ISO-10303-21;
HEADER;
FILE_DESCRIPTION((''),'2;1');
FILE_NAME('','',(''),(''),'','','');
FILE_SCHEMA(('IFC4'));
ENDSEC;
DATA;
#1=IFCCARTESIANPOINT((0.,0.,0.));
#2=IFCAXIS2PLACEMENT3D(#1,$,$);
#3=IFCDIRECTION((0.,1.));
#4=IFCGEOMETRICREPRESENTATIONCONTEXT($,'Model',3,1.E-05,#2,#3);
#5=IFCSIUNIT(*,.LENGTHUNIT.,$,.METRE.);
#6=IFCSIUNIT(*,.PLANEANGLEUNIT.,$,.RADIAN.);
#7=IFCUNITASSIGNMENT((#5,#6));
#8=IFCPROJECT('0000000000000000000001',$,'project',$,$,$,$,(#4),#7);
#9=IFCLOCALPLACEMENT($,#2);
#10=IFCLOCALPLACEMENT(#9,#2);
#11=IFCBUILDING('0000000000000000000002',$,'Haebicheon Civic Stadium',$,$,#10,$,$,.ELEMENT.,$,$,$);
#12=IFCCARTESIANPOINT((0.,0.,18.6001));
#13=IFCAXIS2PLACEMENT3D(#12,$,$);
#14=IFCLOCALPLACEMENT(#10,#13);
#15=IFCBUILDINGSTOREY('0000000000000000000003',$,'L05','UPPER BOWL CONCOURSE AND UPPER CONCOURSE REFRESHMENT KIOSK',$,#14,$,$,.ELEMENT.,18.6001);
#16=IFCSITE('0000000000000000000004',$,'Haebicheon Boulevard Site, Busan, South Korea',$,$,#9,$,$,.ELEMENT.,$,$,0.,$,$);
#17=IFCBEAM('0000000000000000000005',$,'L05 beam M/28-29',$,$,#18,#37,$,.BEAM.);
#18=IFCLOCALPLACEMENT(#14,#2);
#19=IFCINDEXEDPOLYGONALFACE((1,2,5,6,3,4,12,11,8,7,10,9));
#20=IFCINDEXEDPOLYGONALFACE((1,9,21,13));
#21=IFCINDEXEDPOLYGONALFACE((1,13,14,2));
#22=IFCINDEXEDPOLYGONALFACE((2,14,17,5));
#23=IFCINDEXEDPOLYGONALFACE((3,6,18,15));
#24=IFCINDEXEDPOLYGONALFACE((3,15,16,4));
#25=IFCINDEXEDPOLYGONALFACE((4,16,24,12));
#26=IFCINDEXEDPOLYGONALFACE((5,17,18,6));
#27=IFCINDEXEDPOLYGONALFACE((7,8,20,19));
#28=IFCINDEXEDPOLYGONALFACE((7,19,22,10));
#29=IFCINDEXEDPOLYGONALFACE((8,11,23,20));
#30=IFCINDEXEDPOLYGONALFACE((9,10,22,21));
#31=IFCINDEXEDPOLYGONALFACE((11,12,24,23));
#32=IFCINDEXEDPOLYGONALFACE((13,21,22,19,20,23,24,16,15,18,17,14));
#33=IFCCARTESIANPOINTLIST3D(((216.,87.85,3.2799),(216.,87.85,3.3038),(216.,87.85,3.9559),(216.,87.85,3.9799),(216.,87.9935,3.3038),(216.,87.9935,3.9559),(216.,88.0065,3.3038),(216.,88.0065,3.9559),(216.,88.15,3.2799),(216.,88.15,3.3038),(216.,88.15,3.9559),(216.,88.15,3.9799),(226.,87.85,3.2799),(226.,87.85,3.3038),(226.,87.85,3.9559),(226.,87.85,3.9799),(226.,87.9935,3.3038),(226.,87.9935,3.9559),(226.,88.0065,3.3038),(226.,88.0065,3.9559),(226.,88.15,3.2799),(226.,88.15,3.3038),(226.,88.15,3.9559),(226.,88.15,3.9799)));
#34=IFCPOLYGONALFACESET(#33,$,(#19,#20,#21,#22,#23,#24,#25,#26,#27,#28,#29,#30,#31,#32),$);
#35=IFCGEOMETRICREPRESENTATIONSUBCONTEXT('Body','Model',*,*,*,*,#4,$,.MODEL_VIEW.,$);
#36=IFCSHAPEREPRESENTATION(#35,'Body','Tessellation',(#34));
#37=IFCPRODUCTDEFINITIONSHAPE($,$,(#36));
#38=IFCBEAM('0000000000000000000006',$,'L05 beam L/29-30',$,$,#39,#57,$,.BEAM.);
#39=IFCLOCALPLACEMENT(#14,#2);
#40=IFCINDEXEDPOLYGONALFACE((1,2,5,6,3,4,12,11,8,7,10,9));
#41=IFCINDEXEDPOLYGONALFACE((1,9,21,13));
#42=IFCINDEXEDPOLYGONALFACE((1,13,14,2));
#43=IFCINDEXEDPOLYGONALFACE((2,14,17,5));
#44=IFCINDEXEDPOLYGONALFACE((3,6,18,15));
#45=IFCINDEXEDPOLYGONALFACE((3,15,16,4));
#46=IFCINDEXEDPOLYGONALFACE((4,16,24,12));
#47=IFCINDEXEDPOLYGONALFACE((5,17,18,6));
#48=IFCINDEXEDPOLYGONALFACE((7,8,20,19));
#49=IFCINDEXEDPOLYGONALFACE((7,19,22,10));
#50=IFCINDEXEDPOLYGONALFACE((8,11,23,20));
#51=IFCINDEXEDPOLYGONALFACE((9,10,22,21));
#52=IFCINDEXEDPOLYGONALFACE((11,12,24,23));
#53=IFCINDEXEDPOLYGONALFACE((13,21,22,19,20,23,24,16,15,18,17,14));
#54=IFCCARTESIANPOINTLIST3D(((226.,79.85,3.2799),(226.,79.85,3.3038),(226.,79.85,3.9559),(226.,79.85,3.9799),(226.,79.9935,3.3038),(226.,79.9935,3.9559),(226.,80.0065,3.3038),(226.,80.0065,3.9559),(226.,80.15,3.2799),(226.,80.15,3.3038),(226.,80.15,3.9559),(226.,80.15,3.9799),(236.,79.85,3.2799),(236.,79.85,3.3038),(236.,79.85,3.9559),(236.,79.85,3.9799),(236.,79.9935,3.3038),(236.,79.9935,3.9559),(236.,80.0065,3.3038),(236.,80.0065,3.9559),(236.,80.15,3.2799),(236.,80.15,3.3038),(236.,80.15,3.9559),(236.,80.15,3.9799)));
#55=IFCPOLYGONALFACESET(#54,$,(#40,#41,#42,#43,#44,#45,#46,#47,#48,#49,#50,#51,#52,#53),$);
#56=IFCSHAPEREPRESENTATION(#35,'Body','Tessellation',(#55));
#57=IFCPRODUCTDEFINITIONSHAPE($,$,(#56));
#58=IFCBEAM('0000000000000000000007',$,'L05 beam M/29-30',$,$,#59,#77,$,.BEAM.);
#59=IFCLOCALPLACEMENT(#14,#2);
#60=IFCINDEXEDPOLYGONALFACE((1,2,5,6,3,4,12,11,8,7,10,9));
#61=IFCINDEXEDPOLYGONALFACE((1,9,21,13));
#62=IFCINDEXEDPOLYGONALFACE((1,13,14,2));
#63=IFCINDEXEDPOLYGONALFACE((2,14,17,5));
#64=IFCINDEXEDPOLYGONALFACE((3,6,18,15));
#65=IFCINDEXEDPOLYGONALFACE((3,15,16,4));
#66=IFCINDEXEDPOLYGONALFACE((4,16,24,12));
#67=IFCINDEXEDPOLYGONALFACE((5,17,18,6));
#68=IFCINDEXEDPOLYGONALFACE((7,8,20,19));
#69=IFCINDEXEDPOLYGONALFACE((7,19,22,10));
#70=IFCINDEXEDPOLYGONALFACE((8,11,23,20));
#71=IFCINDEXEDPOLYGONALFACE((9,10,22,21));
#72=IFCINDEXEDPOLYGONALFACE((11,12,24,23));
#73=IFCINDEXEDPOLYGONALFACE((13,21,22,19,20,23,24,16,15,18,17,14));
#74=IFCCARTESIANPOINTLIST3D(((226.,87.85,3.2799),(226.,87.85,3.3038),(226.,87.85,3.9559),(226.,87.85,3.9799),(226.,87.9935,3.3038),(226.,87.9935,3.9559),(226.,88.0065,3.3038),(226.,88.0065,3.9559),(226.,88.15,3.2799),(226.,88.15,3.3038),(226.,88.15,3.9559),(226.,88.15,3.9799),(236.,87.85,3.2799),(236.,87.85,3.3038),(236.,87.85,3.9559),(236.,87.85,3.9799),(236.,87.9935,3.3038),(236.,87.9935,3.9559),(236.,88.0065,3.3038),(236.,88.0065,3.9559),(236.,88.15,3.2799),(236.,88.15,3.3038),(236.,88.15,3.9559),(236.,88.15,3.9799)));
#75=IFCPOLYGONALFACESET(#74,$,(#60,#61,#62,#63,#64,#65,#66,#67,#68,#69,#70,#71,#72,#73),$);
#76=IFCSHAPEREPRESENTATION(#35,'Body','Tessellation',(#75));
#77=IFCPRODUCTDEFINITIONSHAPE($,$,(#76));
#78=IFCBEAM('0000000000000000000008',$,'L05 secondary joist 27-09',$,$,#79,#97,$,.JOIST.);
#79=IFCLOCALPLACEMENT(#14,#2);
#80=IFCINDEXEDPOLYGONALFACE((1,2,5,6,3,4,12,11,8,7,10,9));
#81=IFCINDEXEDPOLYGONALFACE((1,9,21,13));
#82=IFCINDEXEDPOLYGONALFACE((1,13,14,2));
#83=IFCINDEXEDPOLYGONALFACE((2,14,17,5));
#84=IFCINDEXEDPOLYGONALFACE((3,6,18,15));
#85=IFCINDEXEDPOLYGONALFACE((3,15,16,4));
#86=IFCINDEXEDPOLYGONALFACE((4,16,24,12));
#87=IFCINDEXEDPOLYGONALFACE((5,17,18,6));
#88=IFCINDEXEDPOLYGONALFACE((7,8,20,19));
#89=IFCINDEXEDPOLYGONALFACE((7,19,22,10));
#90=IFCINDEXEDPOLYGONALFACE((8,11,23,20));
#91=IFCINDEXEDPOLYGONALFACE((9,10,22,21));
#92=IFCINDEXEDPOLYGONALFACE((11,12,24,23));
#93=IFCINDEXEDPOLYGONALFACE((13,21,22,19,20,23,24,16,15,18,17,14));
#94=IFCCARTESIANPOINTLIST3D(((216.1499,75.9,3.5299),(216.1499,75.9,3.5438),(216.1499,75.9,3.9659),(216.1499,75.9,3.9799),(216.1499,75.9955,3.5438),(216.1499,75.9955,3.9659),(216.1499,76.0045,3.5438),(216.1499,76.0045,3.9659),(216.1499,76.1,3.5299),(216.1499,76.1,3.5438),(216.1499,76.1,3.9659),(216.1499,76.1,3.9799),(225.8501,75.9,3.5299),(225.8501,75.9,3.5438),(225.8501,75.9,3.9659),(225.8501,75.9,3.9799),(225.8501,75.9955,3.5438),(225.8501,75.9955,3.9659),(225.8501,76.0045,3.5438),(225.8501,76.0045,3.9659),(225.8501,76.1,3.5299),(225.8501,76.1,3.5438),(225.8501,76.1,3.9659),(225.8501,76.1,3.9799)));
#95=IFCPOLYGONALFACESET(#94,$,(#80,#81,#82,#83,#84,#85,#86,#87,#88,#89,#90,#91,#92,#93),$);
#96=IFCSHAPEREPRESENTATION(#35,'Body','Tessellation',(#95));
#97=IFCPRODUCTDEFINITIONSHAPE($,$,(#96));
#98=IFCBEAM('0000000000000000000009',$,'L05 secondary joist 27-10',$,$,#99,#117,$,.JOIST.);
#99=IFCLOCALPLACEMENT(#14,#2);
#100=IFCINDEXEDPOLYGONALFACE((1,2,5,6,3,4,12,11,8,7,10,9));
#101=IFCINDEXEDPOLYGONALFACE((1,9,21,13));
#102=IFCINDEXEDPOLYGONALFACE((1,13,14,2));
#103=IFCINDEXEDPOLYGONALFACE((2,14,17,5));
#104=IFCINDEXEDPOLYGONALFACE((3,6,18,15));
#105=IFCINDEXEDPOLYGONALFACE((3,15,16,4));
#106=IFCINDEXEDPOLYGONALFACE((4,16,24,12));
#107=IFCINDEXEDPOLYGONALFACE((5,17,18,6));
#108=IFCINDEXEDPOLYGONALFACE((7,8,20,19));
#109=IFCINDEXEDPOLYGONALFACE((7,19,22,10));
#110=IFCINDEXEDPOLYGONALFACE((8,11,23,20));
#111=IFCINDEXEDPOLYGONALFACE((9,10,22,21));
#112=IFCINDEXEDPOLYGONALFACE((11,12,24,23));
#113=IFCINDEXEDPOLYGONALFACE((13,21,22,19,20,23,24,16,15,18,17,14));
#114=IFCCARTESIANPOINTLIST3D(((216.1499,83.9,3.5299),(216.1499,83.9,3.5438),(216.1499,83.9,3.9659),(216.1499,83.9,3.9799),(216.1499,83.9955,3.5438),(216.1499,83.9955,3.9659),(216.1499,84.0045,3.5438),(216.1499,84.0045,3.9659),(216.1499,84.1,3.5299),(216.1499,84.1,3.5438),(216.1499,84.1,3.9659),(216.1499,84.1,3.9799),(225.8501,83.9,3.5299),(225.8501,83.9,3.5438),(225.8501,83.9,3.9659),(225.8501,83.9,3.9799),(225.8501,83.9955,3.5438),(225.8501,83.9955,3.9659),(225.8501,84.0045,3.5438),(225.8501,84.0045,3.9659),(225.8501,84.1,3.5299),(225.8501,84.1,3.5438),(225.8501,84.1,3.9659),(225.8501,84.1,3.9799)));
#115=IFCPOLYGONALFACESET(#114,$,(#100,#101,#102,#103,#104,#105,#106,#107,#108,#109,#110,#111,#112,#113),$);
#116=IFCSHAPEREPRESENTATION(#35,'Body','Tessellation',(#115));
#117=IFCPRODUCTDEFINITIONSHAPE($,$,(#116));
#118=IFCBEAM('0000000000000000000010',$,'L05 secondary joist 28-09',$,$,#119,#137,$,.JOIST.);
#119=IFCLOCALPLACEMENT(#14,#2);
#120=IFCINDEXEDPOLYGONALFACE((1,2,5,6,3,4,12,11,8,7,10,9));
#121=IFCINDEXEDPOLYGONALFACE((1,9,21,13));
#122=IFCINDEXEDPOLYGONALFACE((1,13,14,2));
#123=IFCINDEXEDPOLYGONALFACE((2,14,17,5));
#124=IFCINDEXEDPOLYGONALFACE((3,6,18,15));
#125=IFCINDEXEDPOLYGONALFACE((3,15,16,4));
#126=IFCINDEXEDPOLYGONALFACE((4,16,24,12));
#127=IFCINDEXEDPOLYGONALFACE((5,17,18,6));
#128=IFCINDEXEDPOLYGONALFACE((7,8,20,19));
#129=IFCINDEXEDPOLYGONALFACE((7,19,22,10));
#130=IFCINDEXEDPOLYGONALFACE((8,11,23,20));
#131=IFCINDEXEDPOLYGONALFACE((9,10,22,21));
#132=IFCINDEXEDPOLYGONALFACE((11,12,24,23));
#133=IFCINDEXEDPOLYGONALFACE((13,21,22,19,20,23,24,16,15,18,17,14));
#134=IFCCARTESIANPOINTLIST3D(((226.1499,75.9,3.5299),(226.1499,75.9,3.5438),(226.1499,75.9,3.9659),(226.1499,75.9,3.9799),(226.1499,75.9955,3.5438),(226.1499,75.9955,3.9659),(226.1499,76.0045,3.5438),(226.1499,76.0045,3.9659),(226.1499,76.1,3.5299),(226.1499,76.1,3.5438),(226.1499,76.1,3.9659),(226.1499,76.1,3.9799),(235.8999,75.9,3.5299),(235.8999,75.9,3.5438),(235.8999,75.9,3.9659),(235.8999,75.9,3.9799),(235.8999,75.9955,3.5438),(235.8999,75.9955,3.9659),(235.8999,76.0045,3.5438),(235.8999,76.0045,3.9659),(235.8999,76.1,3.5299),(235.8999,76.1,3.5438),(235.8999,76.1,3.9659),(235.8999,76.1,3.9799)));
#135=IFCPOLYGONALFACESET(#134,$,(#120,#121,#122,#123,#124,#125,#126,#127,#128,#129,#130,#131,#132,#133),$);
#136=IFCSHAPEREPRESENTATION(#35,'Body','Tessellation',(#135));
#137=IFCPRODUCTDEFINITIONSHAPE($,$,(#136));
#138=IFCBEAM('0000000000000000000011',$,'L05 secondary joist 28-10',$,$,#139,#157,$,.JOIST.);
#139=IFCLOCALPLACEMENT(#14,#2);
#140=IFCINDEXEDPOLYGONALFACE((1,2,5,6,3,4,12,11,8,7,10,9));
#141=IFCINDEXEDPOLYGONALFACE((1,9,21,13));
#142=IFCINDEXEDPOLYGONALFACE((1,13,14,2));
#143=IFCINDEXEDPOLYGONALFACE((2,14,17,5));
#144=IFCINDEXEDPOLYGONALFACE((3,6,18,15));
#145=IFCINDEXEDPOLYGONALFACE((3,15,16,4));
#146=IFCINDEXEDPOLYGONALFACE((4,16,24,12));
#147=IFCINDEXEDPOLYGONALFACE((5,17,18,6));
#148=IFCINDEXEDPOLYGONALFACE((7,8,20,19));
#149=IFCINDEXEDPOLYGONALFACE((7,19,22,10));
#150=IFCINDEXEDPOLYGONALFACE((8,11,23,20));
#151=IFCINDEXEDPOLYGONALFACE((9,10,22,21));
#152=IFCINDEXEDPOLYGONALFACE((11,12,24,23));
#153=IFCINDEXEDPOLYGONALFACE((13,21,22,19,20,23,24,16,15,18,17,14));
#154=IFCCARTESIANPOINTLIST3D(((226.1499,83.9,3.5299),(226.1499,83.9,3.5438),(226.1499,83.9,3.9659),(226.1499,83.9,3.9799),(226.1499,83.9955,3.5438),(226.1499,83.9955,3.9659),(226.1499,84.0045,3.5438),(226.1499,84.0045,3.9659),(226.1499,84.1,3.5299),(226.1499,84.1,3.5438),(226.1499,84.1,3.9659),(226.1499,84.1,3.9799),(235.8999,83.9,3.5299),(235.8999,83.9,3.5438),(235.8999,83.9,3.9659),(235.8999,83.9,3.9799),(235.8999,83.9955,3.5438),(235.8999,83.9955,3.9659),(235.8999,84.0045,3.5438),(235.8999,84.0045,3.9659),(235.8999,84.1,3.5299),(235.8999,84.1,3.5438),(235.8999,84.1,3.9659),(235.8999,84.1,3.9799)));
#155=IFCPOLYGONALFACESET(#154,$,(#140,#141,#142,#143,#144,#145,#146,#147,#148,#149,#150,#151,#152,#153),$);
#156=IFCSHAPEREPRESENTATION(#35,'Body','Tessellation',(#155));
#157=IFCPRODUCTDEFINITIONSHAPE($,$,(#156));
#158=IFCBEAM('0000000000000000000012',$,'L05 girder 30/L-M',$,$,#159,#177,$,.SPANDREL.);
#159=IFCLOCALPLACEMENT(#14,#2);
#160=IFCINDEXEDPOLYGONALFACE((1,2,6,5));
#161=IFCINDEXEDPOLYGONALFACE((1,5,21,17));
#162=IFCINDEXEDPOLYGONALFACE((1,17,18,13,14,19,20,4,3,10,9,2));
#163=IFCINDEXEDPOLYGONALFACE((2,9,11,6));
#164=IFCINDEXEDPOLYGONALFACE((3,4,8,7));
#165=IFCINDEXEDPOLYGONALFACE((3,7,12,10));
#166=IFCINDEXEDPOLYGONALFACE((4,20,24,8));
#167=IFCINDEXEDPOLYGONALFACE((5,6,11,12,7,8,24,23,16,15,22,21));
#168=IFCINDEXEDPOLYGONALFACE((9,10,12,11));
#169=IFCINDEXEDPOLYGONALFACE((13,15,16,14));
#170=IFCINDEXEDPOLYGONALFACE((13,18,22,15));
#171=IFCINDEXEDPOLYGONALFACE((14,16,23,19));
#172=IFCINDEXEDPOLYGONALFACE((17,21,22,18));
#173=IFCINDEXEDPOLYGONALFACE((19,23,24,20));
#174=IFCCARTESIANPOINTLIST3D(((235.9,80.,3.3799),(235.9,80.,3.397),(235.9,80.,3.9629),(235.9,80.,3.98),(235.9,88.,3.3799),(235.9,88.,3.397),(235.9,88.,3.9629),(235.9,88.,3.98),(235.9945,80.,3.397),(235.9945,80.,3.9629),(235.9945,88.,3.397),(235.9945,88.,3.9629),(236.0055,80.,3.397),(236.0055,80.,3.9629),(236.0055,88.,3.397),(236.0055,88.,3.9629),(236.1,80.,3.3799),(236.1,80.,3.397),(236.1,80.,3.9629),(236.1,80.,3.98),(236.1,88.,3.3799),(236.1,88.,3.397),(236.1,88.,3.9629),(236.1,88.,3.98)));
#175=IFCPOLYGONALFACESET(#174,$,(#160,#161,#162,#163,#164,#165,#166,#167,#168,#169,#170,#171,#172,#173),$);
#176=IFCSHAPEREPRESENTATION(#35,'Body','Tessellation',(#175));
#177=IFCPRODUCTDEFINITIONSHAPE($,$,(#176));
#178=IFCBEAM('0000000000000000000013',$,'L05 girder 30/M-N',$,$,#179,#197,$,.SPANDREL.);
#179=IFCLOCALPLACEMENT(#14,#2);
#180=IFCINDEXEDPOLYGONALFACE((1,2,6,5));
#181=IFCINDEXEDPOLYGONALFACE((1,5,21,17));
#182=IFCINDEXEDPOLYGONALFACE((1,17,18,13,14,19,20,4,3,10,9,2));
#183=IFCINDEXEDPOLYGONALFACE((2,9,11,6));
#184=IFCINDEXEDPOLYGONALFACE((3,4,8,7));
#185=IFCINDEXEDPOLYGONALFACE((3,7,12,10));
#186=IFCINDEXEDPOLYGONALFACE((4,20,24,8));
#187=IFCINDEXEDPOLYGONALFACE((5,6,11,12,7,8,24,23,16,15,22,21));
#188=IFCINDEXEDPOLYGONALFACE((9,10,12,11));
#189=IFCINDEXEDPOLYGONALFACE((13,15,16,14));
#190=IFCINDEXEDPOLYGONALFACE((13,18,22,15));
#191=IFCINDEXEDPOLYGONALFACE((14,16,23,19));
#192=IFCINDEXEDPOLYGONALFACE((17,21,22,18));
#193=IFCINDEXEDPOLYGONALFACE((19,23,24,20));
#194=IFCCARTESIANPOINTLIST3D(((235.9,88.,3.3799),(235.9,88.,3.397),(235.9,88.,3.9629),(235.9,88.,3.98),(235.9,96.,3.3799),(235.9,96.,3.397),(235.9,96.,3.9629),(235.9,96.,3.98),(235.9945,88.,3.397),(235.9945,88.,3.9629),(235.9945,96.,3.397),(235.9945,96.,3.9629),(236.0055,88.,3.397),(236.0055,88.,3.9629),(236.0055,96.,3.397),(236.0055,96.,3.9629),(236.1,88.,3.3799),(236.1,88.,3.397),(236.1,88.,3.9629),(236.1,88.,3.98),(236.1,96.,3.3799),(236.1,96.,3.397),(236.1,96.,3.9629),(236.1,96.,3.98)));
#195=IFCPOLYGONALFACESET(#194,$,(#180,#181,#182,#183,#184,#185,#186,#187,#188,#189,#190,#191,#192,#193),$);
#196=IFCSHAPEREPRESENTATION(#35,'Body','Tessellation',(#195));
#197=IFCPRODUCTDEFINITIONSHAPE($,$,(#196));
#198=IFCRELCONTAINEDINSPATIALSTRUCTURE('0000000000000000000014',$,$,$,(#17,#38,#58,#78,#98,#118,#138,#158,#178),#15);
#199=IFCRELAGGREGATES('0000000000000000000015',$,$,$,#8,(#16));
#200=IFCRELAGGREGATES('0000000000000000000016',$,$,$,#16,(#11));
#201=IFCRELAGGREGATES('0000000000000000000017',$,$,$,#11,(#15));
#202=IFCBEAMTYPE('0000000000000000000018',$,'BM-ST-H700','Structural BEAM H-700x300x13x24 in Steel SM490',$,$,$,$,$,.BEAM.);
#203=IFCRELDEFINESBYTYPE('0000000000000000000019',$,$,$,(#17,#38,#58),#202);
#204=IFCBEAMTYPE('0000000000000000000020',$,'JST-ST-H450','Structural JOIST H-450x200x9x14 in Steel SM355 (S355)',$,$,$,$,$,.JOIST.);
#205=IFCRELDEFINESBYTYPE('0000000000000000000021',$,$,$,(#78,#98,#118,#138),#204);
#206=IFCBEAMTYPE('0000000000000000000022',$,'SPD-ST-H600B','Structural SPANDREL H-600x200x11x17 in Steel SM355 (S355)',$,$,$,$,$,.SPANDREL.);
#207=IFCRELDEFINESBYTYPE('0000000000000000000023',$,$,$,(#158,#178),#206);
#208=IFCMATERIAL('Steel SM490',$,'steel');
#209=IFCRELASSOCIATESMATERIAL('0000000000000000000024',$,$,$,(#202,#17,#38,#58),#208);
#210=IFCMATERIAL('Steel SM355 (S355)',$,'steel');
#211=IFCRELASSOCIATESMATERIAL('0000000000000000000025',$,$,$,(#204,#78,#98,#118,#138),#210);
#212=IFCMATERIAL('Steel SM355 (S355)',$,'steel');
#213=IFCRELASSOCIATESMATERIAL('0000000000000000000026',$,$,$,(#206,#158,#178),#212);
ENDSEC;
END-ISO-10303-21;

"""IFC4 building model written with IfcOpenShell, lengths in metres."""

from ifc_helpers import new_model, si_unit, direction, frame, origin, origin_2d, place, context, subcontext, project, spatial, i_section, extrude, material, material_profile, profile_set, type_object, element, save


model = new_model("IFC4")

# Units and contexts
model_context = context("Model", 3, precision=1e-05, world=origin(), true_north=direction((0.0, 1.0)))
body_context = subcontext(model_context, "Body", "Model", "MODEL_VIEW")
ifc_project = project(units=[si_unit("LENGTHUNIT", "METRE"), si_unit("PLANEANGLEUNIT", "RADIAN")], contexts=[model_context])

# Site, building, storey
site_placement = place(None, origin())
site = spatial("IfcSite", under=ifc_project, at=site_placement, Name="Haebicheon Boulevard Site, Busan, South Korea", CompositionType="ELEMENT", RefElevation=0.0)
building_placement = place(site_placement, origin())
building = spatial("IfcBuilding", under=site, at=building_placement, Name="Haebicheon Civic Stadium", CompositionType="ELEMENT")
storey_placement = place(building_placement, frame((0.0, 0.0, 18.6001)))
storey = spatial("IfcBuildingStorey", under=building, at=storey_placement, Name="L05", Description="UPPER BOWL CONCOURSE AND UPPER CONCOURSE REFRESHMENT KIOSK", CompositionType="ELEMENT", Elevation=18.6001)

# Beams
ifc_material_1 = material(Name="Steel SM490", Category="steel")
ifc_material_profile_1 = material_profile(ifc_material_1, i_section(OverallWidth=0.3, OverallDepth=0.7, WebThickness=0.0129, FlangeThickness=0.0239, at=origin_2d()), Name="H-700x300x13x24")
ifc_profile_set_1 = profile_set([ifc_material_profile_1], Name="Steel SM490")
beam_type_1 = type_object("IfcBeamType", Name="BM-ST-H700", Description="Structural BEAM H-700x300x13x24 in Steel SM490", PredefinedType="BEAM", material=ifc_profile_set_1)
for number, where, z_axis, x_axis, name in (
    (1, (216.0, 88.0, 3.6299), (1.0, 0.0, 0.0), (0.0, 1.0, 0.0), "L05 beam M/28-29"),
    (2, (226.0, 80.0, 3.6299), (1.0, 0.0, 0.0), (0.0, 1.0, 0.0), "L05 beam L/29-30"),
    (3, (226.0, 88.0, 3.6299), (1.0, 0.0, 0.0), (0.0, 1.0, 0.0), "L05 beam M/29-30"),
):
    element("IfcBeam", number, at=place(storey_placement, frame(where, z_axis=z_axis, x_axis=x_axis)), inside=storey, type_object=beam_type_1, material=ifc_profile_set_1, Name=name, PredefinedType="BEAM", context=body_context, shape_type="SweptSolid", body=[
        extrude(i_section(OverallWidth=0.3, OverallDepth=0.7, WebThickness=0.0129, FlangeThickness=0.0239, at=origin_2d()), origin(), (0.0, 0.0, 1.0), 10.0),
    ])
ifc_material_2 = material(Name="Steel SM355 (S355)", Category="steel")
ifc_material_profile_2 = material_profile(ifc_material_2, i_section(OverallWidth=0.2, OverallDepth=0.45, WebThickness=0.009, FlangeThickness=0.0139, at=origin_2d()), Name="H-450x200x9x14")
ifc_profile_set_2 = profile_set([ifc_material_profile_2], Name="Steel SM355 (S355)")
beam_type_2 = type_object("IfcBeamType", Name="JST-ST-H450", Description="Structural JOIST H-450x200x9x14 in Steel SM355 (S355)", PredefinedType="JOIST", material=ifc_profile_set_2)
for number, where, z_axis, x_axis, name in (
    (4, (216.1499, 76.0, 3.7549), (1.0, 0.0, 0.0), (0.0, 1.0, 0.0), "L05 secondary joist 27-09"),
    (5, (216.1499, 84.0, 3.7549), (1.0, 0.0, 0.0), (0.0, 1.0, 0.0), "L05 secondary joist 27-10"),
):
    element("IfcBeam", number, at=place(storey_placement, frame(where, z_axis=z_axis, x_axis=x_axis)), inside=storey, type_object=beam_type_2, material=ifc_profile_set_2, Name=name, PredefinedType="JOIST", context=body_context, shape_type="SweptSolid", body=[
        extrude(i_section(OverallWidth=0.2, OverallDepth=0.45, WebThickness=0.009, FlangeThickness=0.0139, at=origin_2d()), origin(), (0.0, 0.0, 1.0), 9.7002),
    ])
for number, where, z_axis, x_axis, name in (
    (6, (226.1499, 76.0, 3.7549), (1.0, 0.0, 0.0), (0.0, 1.0, 0.0), "L05 secondary joist 28-09"),
    (7, (226.1499, 84.0, 3.7549), (1.0, 0.0, 0.0), (0.0, 1.0, 0.0), "L05 secondary joist 28-10"),
):
    element("IfcBeam", number, at=place(storey_placement, frame(where, z_axis=z_axis, x_axis=x_axis)), inside=storey, type_object=beam_type_2, material=ifc_profile_set_2, Name=name, PredefinedType="JOIST", context=body_context, shape_type="SweptSolid", body=[
        extrude(i_section(OverallWidth=0.2, OverallDepth=0.45, WebThickness=0.009, FlangeThickness=0.0139, at=origin_2d()), origin(), (0.0, 0.0, 1.0), 9.75),
    ])
ifc_material_3 = material(Name="Steel SM355 (S355)", Category="steel")
ifc_material_profile_3 = material_profile(ifc_material_3, i_section(OverallWidth=0.2, OverallDepth=0.6001, WebThickness=0.011, FlangeThickness=0.0171, at=origin_2d()), Name="H-600x200x11x17")
ifc_profile_set_3 = profile_set([ifc_material_profile_3], Name="Steel SM355 (S355)")
beam_type_3 = type_object("IfcBeamType", Name="SPD-ST-H600B", Description="Structural SPANDREL H-600x200x11x17 in Steel SM355 (S355)", PredefinedType="SPANDREL", material=ifc_profile_set_3)
for number, where, z_axis, x_axis, name in (
    (8, (236.0, 80.0, 3.6799), (0.0, 1.0, 0.0), (-1.0, 0.0, 0.0), "L05 girder 30/L-M"),
    (9, (236.0, 88.0, 3.6799), (0.0, 1.0, 0.0), (-1.0, 0.0, 0.0), "L05 girder 30/M-N"),
):
    element("IfcBeam", number, at=place(storey_placement, frame(where, z_axis=z_axis, x_axis=x_axis)), inside=storey, type_object=beam_type_3, material=ifc_profile_set_3, Name=name, PredefinedType="SPANDREL", context=body_context, shape_type="SweptSolid", body=[
        extrude(i_section(OverallWidth=0.2, OverallDepth=0.6001, WebThickness=0.011, FlangeThickness=0.0171, at=origin_2d()), origin(), (0.0, 0.0, 1.0), 8.0),
    ])

save(model, "model.ifc")
